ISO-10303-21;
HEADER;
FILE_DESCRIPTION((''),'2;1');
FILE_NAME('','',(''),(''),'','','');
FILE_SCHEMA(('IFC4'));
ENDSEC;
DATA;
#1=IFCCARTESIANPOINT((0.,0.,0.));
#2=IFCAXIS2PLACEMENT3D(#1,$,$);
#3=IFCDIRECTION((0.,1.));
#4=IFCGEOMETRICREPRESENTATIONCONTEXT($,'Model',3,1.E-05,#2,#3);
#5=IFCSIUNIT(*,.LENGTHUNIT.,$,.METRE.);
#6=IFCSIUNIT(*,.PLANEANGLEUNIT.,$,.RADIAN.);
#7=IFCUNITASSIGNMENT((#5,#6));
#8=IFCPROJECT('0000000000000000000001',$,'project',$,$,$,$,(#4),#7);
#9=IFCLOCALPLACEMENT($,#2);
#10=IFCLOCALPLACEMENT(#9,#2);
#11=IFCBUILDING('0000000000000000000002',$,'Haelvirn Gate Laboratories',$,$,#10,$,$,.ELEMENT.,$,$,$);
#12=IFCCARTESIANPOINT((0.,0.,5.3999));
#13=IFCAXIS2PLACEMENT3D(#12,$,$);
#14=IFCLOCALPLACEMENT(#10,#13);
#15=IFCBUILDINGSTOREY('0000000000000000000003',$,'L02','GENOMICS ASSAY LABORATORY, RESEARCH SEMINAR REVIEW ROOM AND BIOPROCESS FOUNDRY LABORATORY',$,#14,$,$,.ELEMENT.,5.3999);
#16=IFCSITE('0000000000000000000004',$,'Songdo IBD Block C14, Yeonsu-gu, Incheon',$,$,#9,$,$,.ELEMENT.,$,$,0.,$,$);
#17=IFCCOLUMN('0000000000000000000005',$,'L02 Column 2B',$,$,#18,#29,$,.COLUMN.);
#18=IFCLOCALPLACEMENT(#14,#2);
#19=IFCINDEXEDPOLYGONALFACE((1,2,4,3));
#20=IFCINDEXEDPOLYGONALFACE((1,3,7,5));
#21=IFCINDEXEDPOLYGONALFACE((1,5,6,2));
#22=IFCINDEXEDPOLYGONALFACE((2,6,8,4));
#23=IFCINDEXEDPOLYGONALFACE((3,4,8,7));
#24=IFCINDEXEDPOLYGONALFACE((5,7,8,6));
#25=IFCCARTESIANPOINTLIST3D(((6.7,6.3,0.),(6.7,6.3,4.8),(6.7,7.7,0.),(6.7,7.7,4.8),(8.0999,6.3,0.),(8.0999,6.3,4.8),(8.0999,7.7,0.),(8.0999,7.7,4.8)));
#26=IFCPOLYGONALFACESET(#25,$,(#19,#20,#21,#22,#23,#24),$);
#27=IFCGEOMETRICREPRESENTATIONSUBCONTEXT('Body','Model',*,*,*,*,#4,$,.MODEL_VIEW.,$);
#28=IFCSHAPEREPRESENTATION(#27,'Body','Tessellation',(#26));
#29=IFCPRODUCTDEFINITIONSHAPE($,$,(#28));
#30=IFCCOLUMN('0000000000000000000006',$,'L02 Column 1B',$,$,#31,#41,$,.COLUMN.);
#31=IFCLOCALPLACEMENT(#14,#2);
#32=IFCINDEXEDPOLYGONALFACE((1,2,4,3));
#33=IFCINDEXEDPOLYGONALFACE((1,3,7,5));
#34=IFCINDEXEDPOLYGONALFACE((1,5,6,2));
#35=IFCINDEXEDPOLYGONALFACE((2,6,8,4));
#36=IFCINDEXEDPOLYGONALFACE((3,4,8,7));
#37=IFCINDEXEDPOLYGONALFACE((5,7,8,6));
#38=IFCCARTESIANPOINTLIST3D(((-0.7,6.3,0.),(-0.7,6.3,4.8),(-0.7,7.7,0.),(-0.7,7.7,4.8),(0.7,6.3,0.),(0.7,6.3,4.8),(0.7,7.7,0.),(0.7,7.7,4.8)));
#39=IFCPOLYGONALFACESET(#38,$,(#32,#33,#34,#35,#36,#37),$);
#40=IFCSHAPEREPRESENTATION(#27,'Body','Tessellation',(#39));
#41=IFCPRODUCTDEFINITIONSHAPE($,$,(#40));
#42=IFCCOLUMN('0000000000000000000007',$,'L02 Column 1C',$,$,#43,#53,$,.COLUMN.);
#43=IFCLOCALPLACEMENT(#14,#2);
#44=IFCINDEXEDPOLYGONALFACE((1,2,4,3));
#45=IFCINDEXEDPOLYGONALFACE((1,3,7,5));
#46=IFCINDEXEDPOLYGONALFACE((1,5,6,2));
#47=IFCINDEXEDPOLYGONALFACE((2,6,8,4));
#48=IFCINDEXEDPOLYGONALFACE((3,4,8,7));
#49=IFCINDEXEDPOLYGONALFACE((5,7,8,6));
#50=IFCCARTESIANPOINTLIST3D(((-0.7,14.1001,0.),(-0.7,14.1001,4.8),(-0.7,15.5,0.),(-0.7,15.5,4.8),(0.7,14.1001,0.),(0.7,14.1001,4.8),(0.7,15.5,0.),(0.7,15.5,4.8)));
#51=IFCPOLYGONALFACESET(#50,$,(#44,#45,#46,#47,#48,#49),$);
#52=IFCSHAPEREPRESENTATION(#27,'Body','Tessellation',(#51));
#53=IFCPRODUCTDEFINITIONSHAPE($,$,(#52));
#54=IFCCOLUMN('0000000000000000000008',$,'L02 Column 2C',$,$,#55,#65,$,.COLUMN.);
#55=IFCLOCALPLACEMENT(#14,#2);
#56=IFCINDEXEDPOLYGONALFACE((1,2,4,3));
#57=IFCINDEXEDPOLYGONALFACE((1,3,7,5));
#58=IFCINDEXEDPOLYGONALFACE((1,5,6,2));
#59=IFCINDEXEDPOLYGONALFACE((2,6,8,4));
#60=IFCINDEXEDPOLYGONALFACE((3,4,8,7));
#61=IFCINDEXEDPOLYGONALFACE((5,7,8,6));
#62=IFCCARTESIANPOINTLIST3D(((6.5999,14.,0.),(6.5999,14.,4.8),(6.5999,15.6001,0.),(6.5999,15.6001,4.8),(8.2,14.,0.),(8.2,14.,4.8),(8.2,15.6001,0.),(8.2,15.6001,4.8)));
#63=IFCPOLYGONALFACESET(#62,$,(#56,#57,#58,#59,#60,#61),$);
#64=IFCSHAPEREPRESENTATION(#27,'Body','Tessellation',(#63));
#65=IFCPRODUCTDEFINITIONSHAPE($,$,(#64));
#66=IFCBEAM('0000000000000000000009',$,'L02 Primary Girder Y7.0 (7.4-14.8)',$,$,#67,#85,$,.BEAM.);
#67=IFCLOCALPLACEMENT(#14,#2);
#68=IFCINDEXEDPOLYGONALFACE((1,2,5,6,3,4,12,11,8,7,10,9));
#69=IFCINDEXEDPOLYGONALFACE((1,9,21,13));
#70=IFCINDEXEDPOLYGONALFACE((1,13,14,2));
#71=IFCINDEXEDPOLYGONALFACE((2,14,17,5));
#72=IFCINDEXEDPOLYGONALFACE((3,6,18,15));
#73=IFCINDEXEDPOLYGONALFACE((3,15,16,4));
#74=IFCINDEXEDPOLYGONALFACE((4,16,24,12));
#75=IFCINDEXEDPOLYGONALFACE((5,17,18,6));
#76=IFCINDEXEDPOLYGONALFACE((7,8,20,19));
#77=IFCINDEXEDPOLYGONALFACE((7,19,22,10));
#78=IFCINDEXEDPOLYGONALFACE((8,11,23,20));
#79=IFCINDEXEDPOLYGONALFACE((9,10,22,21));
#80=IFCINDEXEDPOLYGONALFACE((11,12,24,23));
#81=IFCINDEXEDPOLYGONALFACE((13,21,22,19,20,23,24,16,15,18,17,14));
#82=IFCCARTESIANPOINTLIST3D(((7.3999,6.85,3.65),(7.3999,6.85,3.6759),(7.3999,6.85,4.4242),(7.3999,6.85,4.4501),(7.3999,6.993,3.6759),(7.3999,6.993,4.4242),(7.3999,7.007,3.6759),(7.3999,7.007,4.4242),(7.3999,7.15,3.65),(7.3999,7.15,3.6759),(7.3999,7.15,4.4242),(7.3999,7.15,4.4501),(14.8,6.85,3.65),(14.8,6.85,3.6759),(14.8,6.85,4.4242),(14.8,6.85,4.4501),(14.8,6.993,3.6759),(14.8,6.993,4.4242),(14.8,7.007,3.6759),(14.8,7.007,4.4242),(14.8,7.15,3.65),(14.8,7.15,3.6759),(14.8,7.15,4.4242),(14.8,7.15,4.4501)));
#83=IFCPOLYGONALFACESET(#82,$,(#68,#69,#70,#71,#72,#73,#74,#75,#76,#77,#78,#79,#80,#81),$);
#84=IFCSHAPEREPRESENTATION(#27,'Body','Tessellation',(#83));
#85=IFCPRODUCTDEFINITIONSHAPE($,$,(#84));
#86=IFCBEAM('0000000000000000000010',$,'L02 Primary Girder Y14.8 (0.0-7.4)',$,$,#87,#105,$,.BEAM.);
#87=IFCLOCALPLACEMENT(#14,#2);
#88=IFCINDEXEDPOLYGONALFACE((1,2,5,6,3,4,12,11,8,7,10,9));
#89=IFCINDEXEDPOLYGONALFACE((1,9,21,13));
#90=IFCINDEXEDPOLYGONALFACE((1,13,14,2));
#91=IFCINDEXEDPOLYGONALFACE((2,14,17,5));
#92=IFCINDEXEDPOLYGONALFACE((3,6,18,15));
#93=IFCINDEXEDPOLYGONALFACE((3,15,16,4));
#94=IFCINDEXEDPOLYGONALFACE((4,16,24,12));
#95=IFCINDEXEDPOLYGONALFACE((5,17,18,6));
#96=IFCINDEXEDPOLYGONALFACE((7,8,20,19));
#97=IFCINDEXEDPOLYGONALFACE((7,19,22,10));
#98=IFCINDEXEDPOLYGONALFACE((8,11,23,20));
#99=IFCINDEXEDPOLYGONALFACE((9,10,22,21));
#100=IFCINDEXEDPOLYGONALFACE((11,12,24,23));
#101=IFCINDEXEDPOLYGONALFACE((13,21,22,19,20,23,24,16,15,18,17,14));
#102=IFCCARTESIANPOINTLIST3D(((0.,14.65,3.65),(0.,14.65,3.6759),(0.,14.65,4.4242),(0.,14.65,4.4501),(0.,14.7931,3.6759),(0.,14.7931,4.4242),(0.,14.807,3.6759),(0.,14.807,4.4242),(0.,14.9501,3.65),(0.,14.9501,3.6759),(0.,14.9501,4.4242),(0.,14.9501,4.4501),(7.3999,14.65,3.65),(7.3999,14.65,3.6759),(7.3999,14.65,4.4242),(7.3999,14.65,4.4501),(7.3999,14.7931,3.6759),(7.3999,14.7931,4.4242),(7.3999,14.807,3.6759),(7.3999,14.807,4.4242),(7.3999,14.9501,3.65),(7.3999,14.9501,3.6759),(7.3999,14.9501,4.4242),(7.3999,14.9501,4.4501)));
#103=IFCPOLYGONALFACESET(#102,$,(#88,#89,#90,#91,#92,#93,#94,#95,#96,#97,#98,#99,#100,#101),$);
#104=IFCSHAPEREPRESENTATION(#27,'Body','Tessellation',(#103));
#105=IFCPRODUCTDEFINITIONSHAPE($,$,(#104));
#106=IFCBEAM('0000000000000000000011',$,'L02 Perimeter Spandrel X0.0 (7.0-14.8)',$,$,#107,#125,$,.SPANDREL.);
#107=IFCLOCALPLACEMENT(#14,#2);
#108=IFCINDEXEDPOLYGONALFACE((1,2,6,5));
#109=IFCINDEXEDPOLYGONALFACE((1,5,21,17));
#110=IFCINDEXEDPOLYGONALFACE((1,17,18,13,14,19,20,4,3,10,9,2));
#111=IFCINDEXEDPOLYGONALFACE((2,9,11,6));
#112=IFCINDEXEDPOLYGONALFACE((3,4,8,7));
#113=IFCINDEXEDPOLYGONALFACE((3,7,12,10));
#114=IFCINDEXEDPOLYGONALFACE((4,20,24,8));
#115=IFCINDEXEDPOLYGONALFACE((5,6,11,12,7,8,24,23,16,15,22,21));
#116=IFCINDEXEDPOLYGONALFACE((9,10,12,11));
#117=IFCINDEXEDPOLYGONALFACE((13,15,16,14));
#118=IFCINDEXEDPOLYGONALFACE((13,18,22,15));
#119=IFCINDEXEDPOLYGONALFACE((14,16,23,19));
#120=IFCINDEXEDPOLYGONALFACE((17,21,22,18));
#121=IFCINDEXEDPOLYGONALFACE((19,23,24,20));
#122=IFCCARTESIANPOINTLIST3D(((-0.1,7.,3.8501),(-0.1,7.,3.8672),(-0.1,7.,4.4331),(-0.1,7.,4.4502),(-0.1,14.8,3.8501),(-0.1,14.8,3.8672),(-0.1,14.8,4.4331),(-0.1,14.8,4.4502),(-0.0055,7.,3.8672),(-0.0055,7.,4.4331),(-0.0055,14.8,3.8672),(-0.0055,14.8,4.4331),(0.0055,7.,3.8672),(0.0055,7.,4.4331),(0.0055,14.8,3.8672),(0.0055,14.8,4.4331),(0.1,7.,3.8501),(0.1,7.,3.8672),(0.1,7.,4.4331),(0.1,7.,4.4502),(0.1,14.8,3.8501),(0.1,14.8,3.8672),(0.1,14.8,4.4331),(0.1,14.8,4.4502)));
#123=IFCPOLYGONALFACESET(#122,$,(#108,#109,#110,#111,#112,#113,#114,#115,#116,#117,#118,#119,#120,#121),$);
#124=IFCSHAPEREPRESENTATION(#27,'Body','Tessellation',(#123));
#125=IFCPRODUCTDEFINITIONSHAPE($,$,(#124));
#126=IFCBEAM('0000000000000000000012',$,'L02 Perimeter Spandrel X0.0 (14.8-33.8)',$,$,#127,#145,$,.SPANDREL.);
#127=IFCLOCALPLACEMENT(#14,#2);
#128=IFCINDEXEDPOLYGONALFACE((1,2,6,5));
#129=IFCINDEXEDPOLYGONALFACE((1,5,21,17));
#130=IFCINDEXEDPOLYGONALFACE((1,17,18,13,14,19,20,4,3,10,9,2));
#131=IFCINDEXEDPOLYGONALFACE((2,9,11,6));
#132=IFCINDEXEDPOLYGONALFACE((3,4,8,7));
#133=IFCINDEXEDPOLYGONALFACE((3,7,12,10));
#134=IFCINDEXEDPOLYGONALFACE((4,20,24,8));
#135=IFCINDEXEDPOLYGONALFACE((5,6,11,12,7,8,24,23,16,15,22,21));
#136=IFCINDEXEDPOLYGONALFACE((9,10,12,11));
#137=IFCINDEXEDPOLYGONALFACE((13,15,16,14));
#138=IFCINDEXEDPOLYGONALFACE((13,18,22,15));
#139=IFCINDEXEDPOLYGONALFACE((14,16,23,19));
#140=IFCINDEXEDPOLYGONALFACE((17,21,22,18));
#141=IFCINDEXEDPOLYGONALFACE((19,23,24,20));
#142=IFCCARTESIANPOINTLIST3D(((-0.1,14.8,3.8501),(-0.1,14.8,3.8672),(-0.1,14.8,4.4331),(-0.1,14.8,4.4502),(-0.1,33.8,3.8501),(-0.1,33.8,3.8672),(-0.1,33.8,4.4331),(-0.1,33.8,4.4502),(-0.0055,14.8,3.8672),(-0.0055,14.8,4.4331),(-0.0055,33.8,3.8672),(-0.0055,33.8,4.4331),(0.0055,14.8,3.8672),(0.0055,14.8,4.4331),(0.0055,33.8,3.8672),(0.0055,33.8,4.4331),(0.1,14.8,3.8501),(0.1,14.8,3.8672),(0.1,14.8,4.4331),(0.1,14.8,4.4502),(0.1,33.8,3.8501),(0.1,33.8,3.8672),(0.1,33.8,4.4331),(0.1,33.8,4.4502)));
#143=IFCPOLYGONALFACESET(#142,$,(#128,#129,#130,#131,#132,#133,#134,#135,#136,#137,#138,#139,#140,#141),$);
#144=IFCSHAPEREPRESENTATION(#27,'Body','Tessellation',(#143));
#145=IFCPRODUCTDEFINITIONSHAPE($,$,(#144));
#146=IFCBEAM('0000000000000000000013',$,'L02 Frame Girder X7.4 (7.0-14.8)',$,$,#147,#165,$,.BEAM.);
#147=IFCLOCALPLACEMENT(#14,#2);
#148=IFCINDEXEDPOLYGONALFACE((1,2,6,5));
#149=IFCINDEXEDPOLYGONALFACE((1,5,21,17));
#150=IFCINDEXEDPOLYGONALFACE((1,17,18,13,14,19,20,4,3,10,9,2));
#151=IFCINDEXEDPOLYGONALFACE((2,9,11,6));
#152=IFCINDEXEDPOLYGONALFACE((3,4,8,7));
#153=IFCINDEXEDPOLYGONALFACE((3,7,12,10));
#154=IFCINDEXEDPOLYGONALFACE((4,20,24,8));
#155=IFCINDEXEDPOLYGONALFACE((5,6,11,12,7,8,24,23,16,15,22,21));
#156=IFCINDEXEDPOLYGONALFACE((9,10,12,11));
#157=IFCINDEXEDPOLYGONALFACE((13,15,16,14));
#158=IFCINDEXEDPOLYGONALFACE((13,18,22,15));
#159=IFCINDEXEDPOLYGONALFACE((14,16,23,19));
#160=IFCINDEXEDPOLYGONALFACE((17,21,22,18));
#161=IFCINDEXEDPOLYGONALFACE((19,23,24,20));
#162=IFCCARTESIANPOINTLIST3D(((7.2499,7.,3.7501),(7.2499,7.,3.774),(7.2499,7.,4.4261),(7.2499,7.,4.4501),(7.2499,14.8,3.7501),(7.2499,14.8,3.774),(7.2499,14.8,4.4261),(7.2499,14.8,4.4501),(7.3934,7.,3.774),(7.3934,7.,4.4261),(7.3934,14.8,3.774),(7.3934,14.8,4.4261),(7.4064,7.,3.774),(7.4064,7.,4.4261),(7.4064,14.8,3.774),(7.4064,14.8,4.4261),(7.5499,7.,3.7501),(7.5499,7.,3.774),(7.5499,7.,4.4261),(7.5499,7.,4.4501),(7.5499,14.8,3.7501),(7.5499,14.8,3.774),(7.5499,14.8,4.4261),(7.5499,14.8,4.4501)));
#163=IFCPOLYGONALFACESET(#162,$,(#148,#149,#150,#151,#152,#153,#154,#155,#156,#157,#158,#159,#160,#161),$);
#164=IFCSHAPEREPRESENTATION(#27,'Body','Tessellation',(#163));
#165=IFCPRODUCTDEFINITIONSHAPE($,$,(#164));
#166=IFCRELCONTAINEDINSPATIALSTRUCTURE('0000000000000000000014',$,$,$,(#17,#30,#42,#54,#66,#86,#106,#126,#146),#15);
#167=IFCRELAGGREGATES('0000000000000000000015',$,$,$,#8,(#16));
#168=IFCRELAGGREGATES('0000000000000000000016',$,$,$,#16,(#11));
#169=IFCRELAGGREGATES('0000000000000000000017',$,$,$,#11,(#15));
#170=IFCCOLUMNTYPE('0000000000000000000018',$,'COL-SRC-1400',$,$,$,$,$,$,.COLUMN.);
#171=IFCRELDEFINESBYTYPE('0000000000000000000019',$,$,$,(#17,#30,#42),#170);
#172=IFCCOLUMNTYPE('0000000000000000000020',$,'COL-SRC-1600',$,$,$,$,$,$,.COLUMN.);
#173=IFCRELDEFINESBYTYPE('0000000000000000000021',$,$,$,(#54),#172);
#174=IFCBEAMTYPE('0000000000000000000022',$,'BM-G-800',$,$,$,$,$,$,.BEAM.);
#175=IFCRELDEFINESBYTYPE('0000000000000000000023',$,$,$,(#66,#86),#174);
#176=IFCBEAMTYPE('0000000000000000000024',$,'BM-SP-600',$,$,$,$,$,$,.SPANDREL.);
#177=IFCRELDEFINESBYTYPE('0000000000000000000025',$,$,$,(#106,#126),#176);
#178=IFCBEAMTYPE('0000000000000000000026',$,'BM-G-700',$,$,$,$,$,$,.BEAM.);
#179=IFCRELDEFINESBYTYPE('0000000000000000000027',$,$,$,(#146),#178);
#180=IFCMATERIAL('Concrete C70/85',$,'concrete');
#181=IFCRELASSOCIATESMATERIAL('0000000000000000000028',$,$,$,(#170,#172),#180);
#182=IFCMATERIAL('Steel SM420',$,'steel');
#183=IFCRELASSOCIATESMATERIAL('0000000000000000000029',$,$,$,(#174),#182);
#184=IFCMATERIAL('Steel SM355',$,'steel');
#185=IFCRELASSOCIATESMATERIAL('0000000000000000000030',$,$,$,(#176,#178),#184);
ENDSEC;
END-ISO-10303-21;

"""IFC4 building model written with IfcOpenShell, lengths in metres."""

from ifc_helpers import new_model, si_unit, direction, frame, origin, origin_2d, place, context, subcontext, project, spatial, rectangle, i_section, extrude, source, transform, mapped, material, material_profile, profile_set, type_object, type_shapes, element, save


model = new_model("IFC4")

# Units and contexts
model_context = context("Model", 3, precision=1e-05, world=origin(), true_north=direction((0.0, 1.0)))
body_context = subcontext(model_context, "Body", "Model", "MODEL_VIEW")
ifc_project = project(units=[si_unit("LENGTHUNIT", "METRE"), si_unit("PLANEANGLEUNIT", "RADIAN")], contexts=[model_context])

# Site, building, storey
site_placement = place(None, origin())
site = spatial("IfcSite", under=ifc_project, at=site_placement, Name="Songdo IBD Block C14, Yeonsu-gu, Incheon", CompositionType="ELEMENT", RefElevation=0.0)
building_placement = place(site_placement, origin())
building = spatial("IfcBuilding", under=site, at=building_placement, Name="Haelvirn Gate Laboratories", CompositionType="ELEMENT")
storey_placement = place(building_placement, frame((0.0, 0.0, 5.3999)))
storey = spatial("IfcBuildingStorey", under=building, at=storey_placement, Name="L02", Description="GENOMICS ASSAY LABORATORY, RESEARCH SEMINAR REVIEW ROOM AND BIOPROCESS FOUNDRY LABORATORY", CompositionType="ELEMENT", Elevation=5.3999)

# Columns
ifc_material_1 = material(Name="Concrete C70/85", Category="concrete")
ifc_material_profile_1 = material_profile(ifc_material_1, rectangle(XDim=1.3999, YDim=1.3999, at=origin_2d()), Name="SRC-1400x1400")
ifc_profile_set_1 = profile_set([ifc_material_profile_1], Name="Concrete C70/85")
column_type_1 = type_object("IfcColumnType", Name="COL-SRC-1400", PredefinedType="COLUMN", material=ifc_profile_set_1)
shared_shape_1 = source(origin(), body_context, "Body", "SweptSolid", [
    extrude(rectangle(XDim=1.3999, YDim=1.3999, at=origin_2d()), origin(), (0.0, 0.0, 1.0), 4.8),
])
type_shapes(column_type_1, [shared_shape_1])
for number, where, z_axis, x_axis, name in (
    (1, (7.3999, 7.0, 0.0), (0.0, 0.0, 1.0), (1.0, 0.0, 0.0), "L02 Column 2B"),
    (2, (0.0, 7.0, 0.0), (0.0, 0.0, 1.0), (1.0, 0.0, 0.0), "L02 Column 1B"),
    (3, (0.0, 14.8, 0.0), (0.0, 0.0, 1.0), (1.0, 0.0, 0.0), "L02 Column 1C"),
):
    element("IfcColumn", number, at=place(storey_placement, frame(where, z_axis=z_axis, x_axis=x_axis)), inside=storey, type_object=column_type_1, Name=name, PredefinedType="COLUMN", context=body_context, shape_type="MappedRepresentation", body=[
        mapped(shared_shape_1, transform((0.0, 0.0, 0.0), scale=1.0)),
    ])
ifc_material_profile_2 = material_profile(ifc_material_1, rectangle(XDim=1.6001, YDim=1.6001, at=origin_2d()), Name="SRC-1600x1600")
ifc_profile_set_2 = profile_set([ifc_material_profile_2], Name="Concrete C70/85")
column_type_2 = type_object("IfcColumnType", Name="COL-SRC-1600", PredefinedType="COLUMN", material=ifc_profile_set_2)
shared_shape_2 = source(origin(), body_context, "Body", "SweptSolid", [
    extrude(rectangle(XDim=1.6001, YDim=1.6001, at=origin_2d()), origin(), (0.0, 0.0, 1.0), 4.8),
])
type_shapes(column_type_2, [shared_shape_2])
column_placement = place(storey_placement, frame((7.3999, 14.8, 0.0), z_axis=(0.0, 0.0, 1.0), x_axis=(1.0, 0.0, 0.0)))
element("IfcColumn", 4, at=column_placement, inside=storey, type_object=column_type_2, Name="L02 Column 2C", PredefinedType="COLUMN", context=body_context, shape_type="MappedRepresentation", body=[
    mapped(shared_shape_2, transform((0.0, 0.0, 0.0), scale=1.0)),
])

# Beams
ifc_material_2 = material(Name="Steel SM420", Category="steel")
ifc_material_profile_3 = material_profile(ifc_material_2, i_section(OverallWidth=0.3, OverallDepth=0.8, WebThickness=0.0139, FlangeThickness=0.0259, at=origin_2d()), Name="H-800x300x14x26")
ifc_profile_set_3 = profile_set([ifc_material_profile_3], Name="Steel SM420")
beam_type_1 = type_object("IfcBeamType", Name="BM-G-800", PredefinedType="BEAM", material=ifc_profile_set_3)
shared_shape_3 = source(origin(), body_context, "Body", "SweptSolid", [
    extrude(i_section(OverallWidth=0.3, OverallDepth=0.8, WebThickness=0.0139, FlangeThickness=0.0259, at=origin_2d()), origin(), (0.0, 0.0, 1.0), 7.4001),
])
beam_1_placement = place(storey_placement, frame((7.3999, 7.0, 4.05), z_axis=(1.0, 0.0, 0.0), x_axis=(0.0, 1.0, 0.0)))
element("IfcBeam", 5, at=beam_1_placement, inside=storey, type_object=beam_type_1, Name="L02 Primary Girder Y7.0 (7.4-14.8)", PredefinedType="BEAM", context=body_context, shape_type="MappedRepresentation", body=[
    mapped(shared_shape_3, transform((0.0, 0.0, 0.0), scale=1.0)),
])
shared_shape_4 = source(origin(), body_context, "Body", "SweptSolid", [
    extrude(i_section(OverallWidth=0.3, OverallDepth=0.8, WebThickness=0.0139, FlangeThickness=0.0259, at=origin_2d()), origin(), (0.0, 0.0, 1.0), 7.3999),
])
type_shapes(beam_type_1, [shared_shape_3, shared_shape_4])
beam_2_placement = place(storey_placement, frame((0.0, 14.8, 4.05), z_axis=(1.0, 0.0, 0.0), x_axis=(0.0, 1.0, 0.0)))
element("IfcBeam", 6, at=beam_2_placement, inside=storey, type_object=beam_type_1, Name="L02 Primary Girder Y14.8 (0.0-7.4)", PredefinedType="BEAM", context=body_context, shape_type="MappedRepresentation", body=[
    mapped(shared_shape_4, transform((0.0, 0.0, 0.0), scale=1.0)),
])
ifc_material_3 = material(Name="Steel SM355", Category="steel")
ifc_material_profile_4 = material_profile(ifc_material_3, i_section(OverallWidth=0.2, OverallDepth=0.6001, WebThickness=0.011, FlangeThickness=0.0171, at=origin_2d()), Name="H-600x200x11x17")
ifc_profile_set_4 = profile_set([ifc_material_profile_4], Name="Steel SM355")
beam_type_2 = type_object("IfcBeamType", Name="BM-SP-600", PredefinedType="SPANDREL", material=ifc_profile_set_4)
shared_shape_5 = source(origin(), body_context, "Body", "SweptSolid", [
    extrude(i_section(OverallWidth=0.2, OverallDepth=0.6001, WebThickness=0.011, FlangeThickness=0.0171, at=origin_2d()), origin(), (0.0, 0.0, 1.0), 7.8),
])
beam_3_placement = place(storey_placement, frame((0.0, 7.0, 4.1501), z_axis=(0.0, 1.0, 0.0), x_axis=(-1.0, 0.0, 0.0)))
element("IfcBeam", 7, at=beam_3_placement, inside=storey, type_object=beam_type_2, Name="L02 Perimeter Spandrel X0.0 (7.0-14.8)", PredefinedType="SPANDREL", context=body_context, shape_type="MappedRepresentation", body=[
    mapped(shared_shape_5, transform((0.0, 0.0, 0.0), scale=1.0)),
])
shared_shape_6 = source(origin(), body_context, "Body", "SweptSolid", [
    extrude(i_section(OverallWidth=0.2, OverallDepth=0.6001, WebThickness=0.011, FlangeThickness=0.0171, at=origin_2d()), origin(), (0.0, 0.0, 1.0), 19.0),
])
type_shapes(beam_type_2, [shared_shape_5, shared_shape_6])
beam_4_placement = place(storey_placement, frame((0.0, 14.8, 4.1501), z_axis=(0.0, 1.0, 0.0), x_axis=(-1.0, 0.0, 0.0)))
element("IfcBeam", 8, at=beam_4_placement, inside=storey, type_object=beam_type_2, Name="L02 Perimeter Spandrel X0.0 (14.8-33.8)", PredefinedType="SPANDREL", context=body_context, shape_type="MappedRepresentation", body=[
    mapped(shared_shape_6, transform((0.0, 0.0, 0.0), scale=1.0)),
])
ifc_material_profile_5 = material_profile(ifc_material_3, i_section(OverallWidth=0.3, OverallDepth=0.7, WebThickness=0.0129, FlangeThickness=0.0239, at=origin_2d()), Name="H-700x300x13x24")
ifc_profile_set_5 = profile_set([ifc_material_profile_5], Name="Steel SM355")
beam_type_3 = type_object("IfcBeamType", Name="BM-G-700", PredefinedType="BEAM", material=ifc_profile_set_5)
shared_shape_7 = source(origin(), body_context, "Body", "SweptSolid", [
    extrude(i_section(OverallWidth=0.3, OverallDepth=0.7, WebThickness=0.0129, FlangeThickness=0.0239, at=origin_2d()), origin(), (0.0, 0.0, 1.0), 7.8),
])
type_shapes(beam_type_3, [shared_shape_7])
beam_5_placement = place(storey_placement, frame((7.3999, 7.0, 4.1001), z_axis=(0.0, 1.0, 0.0), x_axis=(-1.0, 0.0, 0.0)))
element("IfcBeam", 9, at=beam_5_placement, inside=storey, type_object=beam_type_3, Name="L02 Frame Girder X7.4 (7.0-14.8)", PredefinedType="BEAM", context=body_context, shape_type="MappedRepresentation", body=[
    mapped(shared_shape_7, transform((0.0, 0.0, 0.0), scale=1.0)),
])

save(model, "model.ifc")
